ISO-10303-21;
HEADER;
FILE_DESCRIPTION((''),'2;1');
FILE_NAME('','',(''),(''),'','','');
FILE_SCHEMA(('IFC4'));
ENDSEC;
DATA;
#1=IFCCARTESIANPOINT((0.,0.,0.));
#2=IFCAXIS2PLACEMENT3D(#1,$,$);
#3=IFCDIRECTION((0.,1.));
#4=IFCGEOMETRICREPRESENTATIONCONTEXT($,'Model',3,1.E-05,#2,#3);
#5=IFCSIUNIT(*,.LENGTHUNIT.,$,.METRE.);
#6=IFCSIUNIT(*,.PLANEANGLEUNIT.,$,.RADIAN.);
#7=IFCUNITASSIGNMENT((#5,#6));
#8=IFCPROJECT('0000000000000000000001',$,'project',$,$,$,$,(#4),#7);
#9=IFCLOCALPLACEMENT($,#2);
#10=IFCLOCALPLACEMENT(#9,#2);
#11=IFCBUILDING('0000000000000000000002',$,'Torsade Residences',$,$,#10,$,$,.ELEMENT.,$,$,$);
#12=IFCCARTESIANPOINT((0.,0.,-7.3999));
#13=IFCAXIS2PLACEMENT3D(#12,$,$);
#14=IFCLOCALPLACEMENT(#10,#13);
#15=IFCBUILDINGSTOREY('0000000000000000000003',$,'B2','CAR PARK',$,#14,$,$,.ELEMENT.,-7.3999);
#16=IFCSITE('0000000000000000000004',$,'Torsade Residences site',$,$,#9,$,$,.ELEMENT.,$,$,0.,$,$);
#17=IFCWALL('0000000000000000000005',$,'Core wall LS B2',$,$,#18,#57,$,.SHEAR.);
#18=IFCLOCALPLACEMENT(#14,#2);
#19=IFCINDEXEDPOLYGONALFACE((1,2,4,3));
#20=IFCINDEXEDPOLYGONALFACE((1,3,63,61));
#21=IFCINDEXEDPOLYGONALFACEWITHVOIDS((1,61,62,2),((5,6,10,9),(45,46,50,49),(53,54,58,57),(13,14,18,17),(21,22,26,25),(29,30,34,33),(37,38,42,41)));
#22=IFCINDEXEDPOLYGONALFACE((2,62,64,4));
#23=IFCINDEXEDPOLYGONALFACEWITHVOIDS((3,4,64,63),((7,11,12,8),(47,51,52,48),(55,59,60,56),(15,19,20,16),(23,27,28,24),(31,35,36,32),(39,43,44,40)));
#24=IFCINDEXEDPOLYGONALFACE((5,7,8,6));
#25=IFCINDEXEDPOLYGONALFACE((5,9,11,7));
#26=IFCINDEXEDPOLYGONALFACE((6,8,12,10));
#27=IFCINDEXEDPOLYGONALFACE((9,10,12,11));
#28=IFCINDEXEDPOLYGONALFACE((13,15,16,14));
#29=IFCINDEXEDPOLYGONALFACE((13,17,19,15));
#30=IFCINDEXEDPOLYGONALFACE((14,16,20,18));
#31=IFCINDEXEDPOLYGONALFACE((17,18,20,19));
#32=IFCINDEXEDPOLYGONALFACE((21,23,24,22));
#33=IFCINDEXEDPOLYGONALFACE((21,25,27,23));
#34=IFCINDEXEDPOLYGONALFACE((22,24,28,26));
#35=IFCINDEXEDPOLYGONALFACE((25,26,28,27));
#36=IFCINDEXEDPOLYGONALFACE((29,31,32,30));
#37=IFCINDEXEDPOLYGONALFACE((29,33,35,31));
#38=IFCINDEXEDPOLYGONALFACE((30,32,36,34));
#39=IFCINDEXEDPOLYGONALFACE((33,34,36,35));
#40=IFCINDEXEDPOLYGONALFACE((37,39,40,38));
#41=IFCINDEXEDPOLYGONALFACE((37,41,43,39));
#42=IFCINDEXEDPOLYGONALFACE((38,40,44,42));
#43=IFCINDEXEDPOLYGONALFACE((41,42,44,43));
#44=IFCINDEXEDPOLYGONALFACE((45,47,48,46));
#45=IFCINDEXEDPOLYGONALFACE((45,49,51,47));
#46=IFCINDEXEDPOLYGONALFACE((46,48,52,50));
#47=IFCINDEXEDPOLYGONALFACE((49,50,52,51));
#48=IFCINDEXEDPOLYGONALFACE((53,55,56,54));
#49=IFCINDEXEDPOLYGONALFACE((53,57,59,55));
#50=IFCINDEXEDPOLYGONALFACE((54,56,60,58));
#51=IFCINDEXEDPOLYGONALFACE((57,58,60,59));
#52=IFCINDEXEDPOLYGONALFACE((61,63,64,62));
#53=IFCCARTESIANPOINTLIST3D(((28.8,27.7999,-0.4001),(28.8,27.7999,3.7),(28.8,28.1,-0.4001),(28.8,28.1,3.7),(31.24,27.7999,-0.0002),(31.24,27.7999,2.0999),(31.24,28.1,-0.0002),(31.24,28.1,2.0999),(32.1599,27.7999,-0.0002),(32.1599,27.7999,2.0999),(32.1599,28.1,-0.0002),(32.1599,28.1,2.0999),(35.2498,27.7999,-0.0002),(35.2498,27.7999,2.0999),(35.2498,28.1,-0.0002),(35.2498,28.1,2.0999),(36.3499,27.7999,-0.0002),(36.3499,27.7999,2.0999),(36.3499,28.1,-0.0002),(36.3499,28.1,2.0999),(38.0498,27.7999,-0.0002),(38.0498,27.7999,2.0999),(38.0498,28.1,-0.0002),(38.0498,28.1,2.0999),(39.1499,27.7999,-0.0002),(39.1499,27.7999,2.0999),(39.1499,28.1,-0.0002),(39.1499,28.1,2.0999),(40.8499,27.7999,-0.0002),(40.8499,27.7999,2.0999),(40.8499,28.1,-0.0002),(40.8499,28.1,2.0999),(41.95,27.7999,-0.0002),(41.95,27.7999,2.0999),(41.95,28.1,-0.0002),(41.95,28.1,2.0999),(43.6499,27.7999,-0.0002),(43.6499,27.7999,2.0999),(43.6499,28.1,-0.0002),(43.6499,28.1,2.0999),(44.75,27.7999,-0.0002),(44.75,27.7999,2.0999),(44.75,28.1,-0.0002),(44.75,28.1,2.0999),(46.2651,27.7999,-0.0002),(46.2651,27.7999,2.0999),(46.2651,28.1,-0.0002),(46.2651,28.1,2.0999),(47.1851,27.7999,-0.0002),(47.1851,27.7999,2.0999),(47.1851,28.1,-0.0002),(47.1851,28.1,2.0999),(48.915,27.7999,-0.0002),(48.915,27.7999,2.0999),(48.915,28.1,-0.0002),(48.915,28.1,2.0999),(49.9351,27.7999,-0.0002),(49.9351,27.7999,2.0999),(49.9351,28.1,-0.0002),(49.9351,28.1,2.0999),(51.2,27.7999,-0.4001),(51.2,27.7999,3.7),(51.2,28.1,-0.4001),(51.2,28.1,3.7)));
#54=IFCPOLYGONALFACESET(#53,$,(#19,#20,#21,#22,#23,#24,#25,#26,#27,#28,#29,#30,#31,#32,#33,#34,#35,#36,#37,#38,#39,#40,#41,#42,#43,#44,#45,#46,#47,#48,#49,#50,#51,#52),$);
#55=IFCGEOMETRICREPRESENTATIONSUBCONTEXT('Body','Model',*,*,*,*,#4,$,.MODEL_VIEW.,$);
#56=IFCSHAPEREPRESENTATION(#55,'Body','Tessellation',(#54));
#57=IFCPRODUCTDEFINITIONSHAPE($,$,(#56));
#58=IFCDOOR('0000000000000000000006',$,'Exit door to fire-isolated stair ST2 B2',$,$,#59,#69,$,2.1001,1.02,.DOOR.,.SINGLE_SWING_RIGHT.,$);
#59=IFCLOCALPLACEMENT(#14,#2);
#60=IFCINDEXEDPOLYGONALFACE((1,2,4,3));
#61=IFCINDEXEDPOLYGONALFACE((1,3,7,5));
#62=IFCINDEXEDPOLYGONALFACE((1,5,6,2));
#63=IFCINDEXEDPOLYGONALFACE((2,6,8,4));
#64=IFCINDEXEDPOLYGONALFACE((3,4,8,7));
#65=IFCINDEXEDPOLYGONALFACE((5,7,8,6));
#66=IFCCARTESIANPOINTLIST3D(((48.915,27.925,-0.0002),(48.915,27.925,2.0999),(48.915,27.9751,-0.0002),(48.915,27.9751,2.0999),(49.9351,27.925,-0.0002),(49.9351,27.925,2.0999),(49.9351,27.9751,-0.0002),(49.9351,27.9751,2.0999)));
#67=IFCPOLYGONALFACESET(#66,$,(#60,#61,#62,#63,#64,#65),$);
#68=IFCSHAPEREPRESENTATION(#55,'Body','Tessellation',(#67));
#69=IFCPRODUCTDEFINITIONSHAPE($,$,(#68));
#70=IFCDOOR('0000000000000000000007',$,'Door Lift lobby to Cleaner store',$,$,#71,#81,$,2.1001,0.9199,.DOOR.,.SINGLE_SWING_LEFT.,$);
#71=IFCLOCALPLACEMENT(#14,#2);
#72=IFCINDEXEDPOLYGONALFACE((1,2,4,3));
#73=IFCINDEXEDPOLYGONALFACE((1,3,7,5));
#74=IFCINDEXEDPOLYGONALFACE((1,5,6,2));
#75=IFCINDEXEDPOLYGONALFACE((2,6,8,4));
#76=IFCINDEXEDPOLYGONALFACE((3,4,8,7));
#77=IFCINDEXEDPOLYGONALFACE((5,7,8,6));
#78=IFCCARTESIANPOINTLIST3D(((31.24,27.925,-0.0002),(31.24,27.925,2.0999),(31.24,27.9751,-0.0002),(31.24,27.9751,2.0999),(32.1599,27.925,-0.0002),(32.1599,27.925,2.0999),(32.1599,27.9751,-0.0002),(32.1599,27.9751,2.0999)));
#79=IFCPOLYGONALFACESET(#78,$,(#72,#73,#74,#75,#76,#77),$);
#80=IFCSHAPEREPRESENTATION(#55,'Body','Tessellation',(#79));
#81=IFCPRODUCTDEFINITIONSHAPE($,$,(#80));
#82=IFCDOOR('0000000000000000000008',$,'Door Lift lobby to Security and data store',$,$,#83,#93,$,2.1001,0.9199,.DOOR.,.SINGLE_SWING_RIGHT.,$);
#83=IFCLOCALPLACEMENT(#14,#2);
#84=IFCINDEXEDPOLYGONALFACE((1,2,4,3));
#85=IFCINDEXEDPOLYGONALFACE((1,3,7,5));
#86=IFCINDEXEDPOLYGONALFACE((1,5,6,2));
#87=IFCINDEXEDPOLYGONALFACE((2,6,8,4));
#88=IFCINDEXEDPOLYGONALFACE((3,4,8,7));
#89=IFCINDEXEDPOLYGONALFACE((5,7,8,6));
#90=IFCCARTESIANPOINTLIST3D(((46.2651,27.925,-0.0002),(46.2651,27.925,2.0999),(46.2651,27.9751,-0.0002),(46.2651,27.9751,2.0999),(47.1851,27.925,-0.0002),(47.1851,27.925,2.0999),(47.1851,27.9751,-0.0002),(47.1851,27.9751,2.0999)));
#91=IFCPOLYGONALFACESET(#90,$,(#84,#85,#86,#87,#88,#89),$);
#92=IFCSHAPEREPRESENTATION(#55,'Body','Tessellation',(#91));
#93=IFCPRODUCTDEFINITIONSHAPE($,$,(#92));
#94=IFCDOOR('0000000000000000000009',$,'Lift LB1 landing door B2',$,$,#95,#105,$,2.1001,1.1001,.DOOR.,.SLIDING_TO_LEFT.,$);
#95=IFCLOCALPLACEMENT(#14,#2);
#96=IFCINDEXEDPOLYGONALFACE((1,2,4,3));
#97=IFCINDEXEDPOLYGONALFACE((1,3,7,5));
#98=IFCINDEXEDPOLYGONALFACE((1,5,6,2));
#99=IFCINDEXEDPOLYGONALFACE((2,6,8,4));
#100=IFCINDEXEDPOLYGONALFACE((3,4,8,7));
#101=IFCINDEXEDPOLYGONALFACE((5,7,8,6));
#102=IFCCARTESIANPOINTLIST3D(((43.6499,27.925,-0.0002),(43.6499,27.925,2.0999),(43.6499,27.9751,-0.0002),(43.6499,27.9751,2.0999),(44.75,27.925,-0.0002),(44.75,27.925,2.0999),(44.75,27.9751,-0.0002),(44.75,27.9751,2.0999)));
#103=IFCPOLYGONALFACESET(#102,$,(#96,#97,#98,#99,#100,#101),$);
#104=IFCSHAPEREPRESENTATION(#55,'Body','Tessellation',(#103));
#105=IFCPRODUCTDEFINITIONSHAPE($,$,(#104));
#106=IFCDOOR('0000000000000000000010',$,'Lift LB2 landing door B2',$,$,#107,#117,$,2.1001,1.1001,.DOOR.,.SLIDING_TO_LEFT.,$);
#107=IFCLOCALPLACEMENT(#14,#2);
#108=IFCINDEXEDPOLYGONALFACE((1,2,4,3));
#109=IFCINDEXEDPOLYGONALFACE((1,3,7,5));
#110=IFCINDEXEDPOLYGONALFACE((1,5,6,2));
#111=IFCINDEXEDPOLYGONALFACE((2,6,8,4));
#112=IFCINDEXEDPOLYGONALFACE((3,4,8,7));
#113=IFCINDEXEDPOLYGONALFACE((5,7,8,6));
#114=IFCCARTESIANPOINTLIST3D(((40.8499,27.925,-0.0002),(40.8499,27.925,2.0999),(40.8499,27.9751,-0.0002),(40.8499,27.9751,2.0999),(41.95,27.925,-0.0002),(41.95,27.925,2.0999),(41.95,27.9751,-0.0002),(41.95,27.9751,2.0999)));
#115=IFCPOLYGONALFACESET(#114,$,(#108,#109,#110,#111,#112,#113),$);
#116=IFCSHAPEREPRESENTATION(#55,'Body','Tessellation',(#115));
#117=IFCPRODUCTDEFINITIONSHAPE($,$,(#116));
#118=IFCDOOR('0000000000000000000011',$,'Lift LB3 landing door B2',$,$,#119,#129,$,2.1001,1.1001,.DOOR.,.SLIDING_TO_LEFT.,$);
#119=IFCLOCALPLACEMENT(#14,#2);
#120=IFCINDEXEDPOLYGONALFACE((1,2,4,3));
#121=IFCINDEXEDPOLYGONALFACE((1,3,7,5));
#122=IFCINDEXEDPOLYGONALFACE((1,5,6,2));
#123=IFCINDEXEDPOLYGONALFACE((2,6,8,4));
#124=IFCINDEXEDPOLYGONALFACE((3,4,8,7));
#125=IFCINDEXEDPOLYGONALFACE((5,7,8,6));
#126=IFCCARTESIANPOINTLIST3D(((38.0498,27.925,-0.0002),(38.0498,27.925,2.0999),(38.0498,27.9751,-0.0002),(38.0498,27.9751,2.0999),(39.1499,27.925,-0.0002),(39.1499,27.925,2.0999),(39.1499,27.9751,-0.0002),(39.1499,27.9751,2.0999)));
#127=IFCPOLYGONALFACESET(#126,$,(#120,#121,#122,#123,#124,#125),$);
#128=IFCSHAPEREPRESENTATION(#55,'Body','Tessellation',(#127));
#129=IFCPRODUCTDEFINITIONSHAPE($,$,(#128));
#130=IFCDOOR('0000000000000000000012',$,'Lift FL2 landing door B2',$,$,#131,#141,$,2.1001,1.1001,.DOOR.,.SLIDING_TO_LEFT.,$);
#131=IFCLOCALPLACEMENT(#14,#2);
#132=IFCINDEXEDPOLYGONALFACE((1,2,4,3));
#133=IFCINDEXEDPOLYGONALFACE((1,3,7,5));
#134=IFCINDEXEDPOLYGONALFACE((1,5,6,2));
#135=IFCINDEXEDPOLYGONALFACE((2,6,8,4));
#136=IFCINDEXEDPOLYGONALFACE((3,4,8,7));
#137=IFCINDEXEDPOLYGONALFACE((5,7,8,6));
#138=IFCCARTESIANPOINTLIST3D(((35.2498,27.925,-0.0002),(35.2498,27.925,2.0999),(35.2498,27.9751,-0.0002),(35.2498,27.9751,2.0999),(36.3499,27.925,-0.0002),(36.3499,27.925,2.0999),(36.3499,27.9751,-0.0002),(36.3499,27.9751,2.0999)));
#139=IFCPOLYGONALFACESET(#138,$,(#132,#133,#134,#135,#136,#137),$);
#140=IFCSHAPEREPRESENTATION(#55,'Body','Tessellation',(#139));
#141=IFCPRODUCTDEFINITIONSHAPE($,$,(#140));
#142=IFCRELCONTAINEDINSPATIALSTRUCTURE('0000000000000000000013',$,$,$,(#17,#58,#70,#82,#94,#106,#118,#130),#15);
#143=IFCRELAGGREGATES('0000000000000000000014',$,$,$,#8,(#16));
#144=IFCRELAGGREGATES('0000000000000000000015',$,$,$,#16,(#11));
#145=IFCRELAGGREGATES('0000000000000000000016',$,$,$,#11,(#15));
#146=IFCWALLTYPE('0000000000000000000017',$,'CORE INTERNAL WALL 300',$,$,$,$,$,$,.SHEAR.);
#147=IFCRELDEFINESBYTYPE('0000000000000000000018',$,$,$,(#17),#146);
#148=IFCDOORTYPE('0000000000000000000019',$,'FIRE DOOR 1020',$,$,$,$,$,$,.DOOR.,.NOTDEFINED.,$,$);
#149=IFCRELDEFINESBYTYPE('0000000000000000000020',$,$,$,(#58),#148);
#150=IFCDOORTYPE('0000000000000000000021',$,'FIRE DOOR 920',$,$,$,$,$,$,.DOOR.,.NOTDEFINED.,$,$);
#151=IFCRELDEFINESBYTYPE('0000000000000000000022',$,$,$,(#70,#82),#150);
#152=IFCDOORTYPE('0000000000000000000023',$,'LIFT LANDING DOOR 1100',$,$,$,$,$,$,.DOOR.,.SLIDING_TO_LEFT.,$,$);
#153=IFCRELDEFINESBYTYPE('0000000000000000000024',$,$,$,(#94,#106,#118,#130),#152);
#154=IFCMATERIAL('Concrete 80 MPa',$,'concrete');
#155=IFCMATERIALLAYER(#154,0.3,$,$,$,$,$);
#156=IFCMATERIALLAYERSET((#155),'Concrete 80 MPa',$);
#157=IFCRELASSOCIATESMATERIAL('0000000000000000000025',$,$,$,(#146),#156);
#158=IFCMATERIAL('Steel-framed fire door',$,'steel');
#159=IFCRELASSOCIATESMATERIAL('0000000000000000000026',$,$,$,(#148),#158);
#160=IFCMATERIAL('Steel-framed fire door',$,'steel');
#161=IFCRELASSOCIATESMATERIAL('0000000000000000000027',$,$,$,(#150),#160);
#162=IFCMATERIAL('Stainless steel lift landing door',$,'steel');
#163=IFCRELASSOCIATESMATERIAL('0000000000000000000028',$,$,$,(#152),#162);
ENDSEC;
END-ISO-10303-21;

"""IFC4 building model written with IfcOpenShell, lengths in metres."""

from ifc_helpers import new_model, si_unit, direction, frame, frame_2d, origin, place, context, subcontext, project, spatial, rectangle, extrude, material, layer, layer_set, type_object, element, fill, save


model = new_model("IFC4")

# Units and contexts
model_context = context("Model", 3, precision=1e-05, world=origin(), true_north=direction((0.0, 1.0)))
body_context = subcontext(model_context, "Body", "Model", "MODEL_VIEW")
ifc_project = project(units=[si_unit("LENGTHUNIT", "METRE"), si_unit("PLANEANGLEUNIT", "RADIAN")], contexts=[model_context])

# Site, building, storey
site_placement = place(None, origin())
site = spatial("IfcSite", under=ifc_project, at=site_placement, Name="Torsade Residences site", CompositionType="ELEMENT", RefElevation=0.0)
building_placement = place(site_placement, origin())
building = spatial("IfcBuilding", under=site, at=building_placement, Name="Torsade Residences", CompositionType="ELEMENT")
storey_placement = place(building_placement, frame((0.0, 0.0, -7.3999)))
storey = spatial("IfcBuildingStorey", under=building, at=storey_placement, Name="B2", Description="CAR PARK", CompositionType="ELEMENT", Elevation=-7.3999)

# Wall, openings, doors
ifc_material_1 = material(Name="Concrete 80 MPa", Category="concrete")
ifc_layer_1 = layer(ifc_material_1, 0.3)
ifc_layer_set_1 = layer_set([ifc_layer_1], Name="Concrete 80 MPa")
wall_type_1 = type_object("IfcWallType", Name="CORE INTERNAL WALL 300", PredefinedType="SHEAR", material=ifc_layer_set_1)
wall_1_placement = place(storey_placement, frame((51.2, 27.95, -0.4001), z_axis=(0.0, 0.0, 1.0), x_axis=(-1.0, 0.0, 0.0)))
wall_1 = element("IfcWall", 1, at=wall_1_placement, inside=storey, type_object=wall_type_1, Name="Core wall LS B2", PredefinedType="SHEAR", context=body_context, shape_type="SweptSolid", body=[
    extrude(rectangle(XDim=22.3999, YDim=0.3, at=frame_2d((11.2, 0.0))), origin(), (0.0, 0.0, 1.0), 4.1001),
])
opening_1_placement = place(wall_1_placement, frame((19.04, 0.0, 0.3999)))
opening_1 = element("IfcOpeningElement", 2, at=opening_1_placement, cuts=wall_1, PredefinedType="OPENING", context=body_context, shape_type="SweptSolid", body=[
    extrude(rectangle(XDim=0.9199, YDim=2.1001, at=frame_2d((0.46, 1.05))), frame((0.0, 0.1599, 0.0), z_axis=(0.0, -1.0, 0.0), x_axis=(1.0, 0.0, 0.0)), (0.0, 0.0, 1.0), 0.3201),
])
opening_2_placement = place(wall_1_placement, frame((1.2649, 0.0, 0.3999)))
opening_2 = element("IfcOpeningElement", 3, at=opening_2_placement, cuts=wall_1, PredefinedType="OPENING", context=body_context, shape_type="SweptSolid", body=[
    extrude(rectangle(XDim=1.02, YDim=2.1001, at=frame_2d((0.51, 1.05))), frame((0.0, 0.1599, 0.0), z_axis=(0.0, -1.0, 0.0), x_axis=(1.0, 0.0, 0.0)), (0.0, 0.0, 1.0), 0.3201),
])
opening_3_placement = place(wall_1_placement, frame((4.0149, 0.0, 0.3999)))
opening_3 = element("IfcOpeningElement", 4, at=opening_3_placement, cuts=wall_1, PredefinedType="OPENING", context=body_context, shape_type="SweptSolid", body=[
    extrude(rectangle(XDim=0.9199, YDim=2.1001, at=frame_2d((0.46, 1.05))), frame((0.0, 0.1599, 0.0), z_axis=(0.0, -1.0, 0.0), x_axis=(1.0, 0.0, 0.0)), (0.0, 0.0, 1.0), 0.3201),
])
opening_4_placement = place(wall_1_placement, frame((6.45, 0.0, 0.3999)))
opening_4 = element("IfcOpeningElement", 5, at=opening_4_placement, cuts=wall_1, PredefinedType="OPENING", context=body_context, shape_type="SweptSolid", body=[
    extrude(rectangle(XDim=1.1001, YDim=2.1001, at=frame_2d((0.55, 1.05))), frame((0.0, 0.1599, 0.0), z_axis=(0.0, -1.0, 0.0), x_axis=(1.0, 0.0, 0.0)), (0.0, 0.0, 1.0), 0.3201),
])
opening_5_placement = place(wall_1_placement, frame((9.25, 0.0, 0.3999)))
opening_5 = element("IfcOpeningElement", 6, at=opening_5_placement, cuts=wall_1, PredefinedType="OPENING", context=body_context, shape_type="SweptSolid", body=[
    extrude(rectangle(XDim=1.1001, YDim=2.1001, at=frame_2d((0.55, 1.05))), frame((0.0, 0.1599, 0.0), z_axis=(0.0, -1.0, 0.0), x_axis=(1.0, 0.0, 0.0)), (0.0, 0.0, 1.0), 0.3201),
])
opening_6_placement = place(wall_1_placement, frame((12.05, 0.0, 0.3999)))
opening_6 = element("IfcOpeningElement", 7, at=opening_6_placement, cuts=wall_1, PredefinedType="OPENING", context=body_context, shape_type="SweptSolid", body=[
    extrude(rectangle(XDim=1.1001, YDim=2.1001, at=frame_2d((0.55, 1.05))), frame((0.0, 0.1599, 0.0), z_axis=(0.0, -1.0, 0.0), x_axis=(1.0, 0.0, 0.0)), (0.0, 0.0, 1.0), 0.3201),
])
opening_7_placement = place(wall_1_placement, frame((14.8501, 0.0, 0.3999)))
opening_7 = element("IfcOpeningElement", 8, at=opening_7_placement, cuts=wall_1, PredefinedType="OPENING", context=body_context, shape_type="SweptSolid", body=[
    extrude(rectangle(XDim=1.1001, YDim=2.1001, at=frame_2d((0.55, 1.05))), frame((0.0, 0.1599, 0.0), z_axis=(0.0, -1.0, 0.0), x_axis=(1.0, 0.0, 0.0)), (0.0, 0.0, 1.0), 0.3201),
])
ifc_material_2 = material(Name="Steel-framed fire door", Category="steel")
door_type_1 = type_object("IfcDoorType", Name="FIRE DOOR 1020", OperationType="NOTDEFINED", PredefinedType="DOOR", material=ifc_material_2)
door_1_placement = place(opening_2_placement, origin())
door_1 = element("IfcDoor", 9, at=door_1_placement, inside=storey, type_object=door_type_1, Name="Exit door to fire-isolated stair ST2 B2", OperationType="SINGLE_SWING_RIGHT", OverallHeight=2.1001, OverallWidth=1.02, PredefinedType="DOOR", context=body_context, shape_type="SweptSolid", body=[
    extrude(rectangle(XDim=1.02, YDim=2.1001, at=frame_2d((0.51, 1.05))), frame((0.0, 0.0249, 0.0), z_axis=(0.0, -1.0, 0.0), x_axis=(1.0, 0.0, 0.0)), (0.0, 0.0, 1.0), 0.05),
])
fill(opening_2, door_1)
ifc_material_3 = material(Name="Steel-framed fire door", Category="steel")
door_type_2 = type_object("IfcDoorType", Name="FIRE DOOR 920", OperationType="NOTDEFINED", PredefinedType="DOOR", material=ifc_material_3)
door_2_placement = place(opening_1_placement, origin())
door_2 = element("IfcDoor", 10, at=door_2_placement, inside=storey, type_object=door_type_2, Name="Door Lift lobby to Cleaner store", OperationType="SINGLE_SWING_LEFT", OverallHeight=2.1001, OverallWidth=0.9199, PredefinedType="DOOR", context=body_context, shape_type="SweptSolid", body=[
    extrude(rectangle(XDim=0.9199, YDim=2.1001, at=frame_2d((0.46, 1.05))), frame((0.0, 0.0249, 0.0), z_axis=(0.0, -1.0, 0.0), x_axis=(1.0, 0.0, 0.0)), (0.0, 0.0, 1.0), 0.05),
])
fill(opening_1, door_2)
door_3_placement = place(opening_3_placement, origin())
door_3 = element("IfcDoor", 11, at=door_3_placement, inside=storey, type_object=door_type_2, Name="Door Lift lobby to Security and data store", OperationType="SINGLE_SWING_RIGHT", OverallHeight=2.1001, OverallWidth=0.9199, PredefinedType="DOOR", context=body_context, shape_type="SweptSolid", body=[
    extrude(rectangle(XDim=0.9199, YDim=2.1001, at=frame_2d((0.46, 1.05))), frame((0.0, 0.0249, 0.0), z_axis=(0.0, -1.0, 0.0), x_axis=(1.0, 0.0, 0.0)), (0.0, 0.0, 1.0), 0.05),
])
fill(opening_3, door_3)
ifc_material_4 = material(Name="Stainless steel lift landing door", Category="steel")
door_type_3 = type_object("IfcDoorType", Name="LIFT LANDING DOOR 1100", OperationType="SLIDING_TO_LEFT", PredefinedType="DOOR", material=ifc_material_4)
door_4_placement = place(opening_4_placement, origin())
door_4 = element("IfcDoor", 12, at=door_4_placement, inside=storey, type_object=door_type_3, Name="Lift LB1 landing door B2", OperationType="SLIDING_TO_LEFT", OverallHeight=2.1001, OverallWidth=1.1001, PredefinedType="DOOR", context=body_context, shape_type="SweptSolid", body=[
    extrude(rectangle(XDim=1.1001, YDim=2.1001, at=frame_2d((0.55, 1.05))), frame((0.0, 0.0249, 0.0), z_axis=(0.0, -1.0, 0.0), x_axis=(1.0, 0.0, 0.0)), (0.0, 0.0, 1.0), 0.05),
])
fill(opening_4, door_4)
door_5_placement = place(opening_5_placement, origin())
door_5 = element("IfcDoor", 13, at=door_5_placement, inside=storey, type_object=door_type_3, Name="Lift LB2 landing door B2", OperationType="SLIDING_TO_LEFT", OverallHeight=2.1001, OverallWidth=1.1001, PredefinedType="DOOR", context=body_context, shape_type="SweptSolid", body=[
    extrude(rectangle(XDim=1.1001, YDim=2.1001, at=frame_2d((0.55, 1.05))), frame((0.0, 0.0249, 0.0), z_axis=(0.0, -1.0, 0.0), x_axis=(1.0, 0.0, 0.0)), (0.0, 0.0, 1.0), 0.05),
])
fill(opening_5, door_5)
door_6_placement = place(opening_6_placement, origin())
door_6 = element("IfcDoor", 14, at=door_6_placement, inside=storey, type_object=door_type_3, Name="Lift LB3 landing door B2", OperationType="SLIDING_TO_LEFT", OverallHeight=2.1001, OverallWidth=1.1001, PredefinedType="DOOR", context=body_context, shape_type="SweptSolid", body=[
    extrude(rectangle(XDim=1.1001, YDim=2.1001, at=frame_2d((0.55, 1.05))), frame((0.0, 0.0249, 0.0), z_axis=(0.0, -1.0, 0.0), x_axis=(1.0, 0.0, 0.0)), (0.0, 0.0, 1.0), 0.05),
])
fill(opening_6, door_6)
door_7_placement = place(opening_7_placement, origin())
door_7 = element("IfcDoor", 15, at=door_7_placement, inside=storey, type_object=door_type_3, Name="Lift FL2 landing door B2", OperationType="SLIDING_TO_LEFT", OverallHeight=2.1001, OverallWidth=1.1001, PredefinedType="DOOR", context=body_context, shape_type="SweptSolid", body=[
    extrude(rectangle(XDim=1.1001, YDim=2.1001, at=frame_2d((0.55, 1.05))), frame((0.0, 0.0249, 0.0), z_axis=(0.0, -1.0, 0.0), x_axis=(1.0, 0.0, 0.0)), (0.0, 0.0, 1.0), 0.05),
])
fill(opening_7, door_7)

save(model, "model.ifc")
